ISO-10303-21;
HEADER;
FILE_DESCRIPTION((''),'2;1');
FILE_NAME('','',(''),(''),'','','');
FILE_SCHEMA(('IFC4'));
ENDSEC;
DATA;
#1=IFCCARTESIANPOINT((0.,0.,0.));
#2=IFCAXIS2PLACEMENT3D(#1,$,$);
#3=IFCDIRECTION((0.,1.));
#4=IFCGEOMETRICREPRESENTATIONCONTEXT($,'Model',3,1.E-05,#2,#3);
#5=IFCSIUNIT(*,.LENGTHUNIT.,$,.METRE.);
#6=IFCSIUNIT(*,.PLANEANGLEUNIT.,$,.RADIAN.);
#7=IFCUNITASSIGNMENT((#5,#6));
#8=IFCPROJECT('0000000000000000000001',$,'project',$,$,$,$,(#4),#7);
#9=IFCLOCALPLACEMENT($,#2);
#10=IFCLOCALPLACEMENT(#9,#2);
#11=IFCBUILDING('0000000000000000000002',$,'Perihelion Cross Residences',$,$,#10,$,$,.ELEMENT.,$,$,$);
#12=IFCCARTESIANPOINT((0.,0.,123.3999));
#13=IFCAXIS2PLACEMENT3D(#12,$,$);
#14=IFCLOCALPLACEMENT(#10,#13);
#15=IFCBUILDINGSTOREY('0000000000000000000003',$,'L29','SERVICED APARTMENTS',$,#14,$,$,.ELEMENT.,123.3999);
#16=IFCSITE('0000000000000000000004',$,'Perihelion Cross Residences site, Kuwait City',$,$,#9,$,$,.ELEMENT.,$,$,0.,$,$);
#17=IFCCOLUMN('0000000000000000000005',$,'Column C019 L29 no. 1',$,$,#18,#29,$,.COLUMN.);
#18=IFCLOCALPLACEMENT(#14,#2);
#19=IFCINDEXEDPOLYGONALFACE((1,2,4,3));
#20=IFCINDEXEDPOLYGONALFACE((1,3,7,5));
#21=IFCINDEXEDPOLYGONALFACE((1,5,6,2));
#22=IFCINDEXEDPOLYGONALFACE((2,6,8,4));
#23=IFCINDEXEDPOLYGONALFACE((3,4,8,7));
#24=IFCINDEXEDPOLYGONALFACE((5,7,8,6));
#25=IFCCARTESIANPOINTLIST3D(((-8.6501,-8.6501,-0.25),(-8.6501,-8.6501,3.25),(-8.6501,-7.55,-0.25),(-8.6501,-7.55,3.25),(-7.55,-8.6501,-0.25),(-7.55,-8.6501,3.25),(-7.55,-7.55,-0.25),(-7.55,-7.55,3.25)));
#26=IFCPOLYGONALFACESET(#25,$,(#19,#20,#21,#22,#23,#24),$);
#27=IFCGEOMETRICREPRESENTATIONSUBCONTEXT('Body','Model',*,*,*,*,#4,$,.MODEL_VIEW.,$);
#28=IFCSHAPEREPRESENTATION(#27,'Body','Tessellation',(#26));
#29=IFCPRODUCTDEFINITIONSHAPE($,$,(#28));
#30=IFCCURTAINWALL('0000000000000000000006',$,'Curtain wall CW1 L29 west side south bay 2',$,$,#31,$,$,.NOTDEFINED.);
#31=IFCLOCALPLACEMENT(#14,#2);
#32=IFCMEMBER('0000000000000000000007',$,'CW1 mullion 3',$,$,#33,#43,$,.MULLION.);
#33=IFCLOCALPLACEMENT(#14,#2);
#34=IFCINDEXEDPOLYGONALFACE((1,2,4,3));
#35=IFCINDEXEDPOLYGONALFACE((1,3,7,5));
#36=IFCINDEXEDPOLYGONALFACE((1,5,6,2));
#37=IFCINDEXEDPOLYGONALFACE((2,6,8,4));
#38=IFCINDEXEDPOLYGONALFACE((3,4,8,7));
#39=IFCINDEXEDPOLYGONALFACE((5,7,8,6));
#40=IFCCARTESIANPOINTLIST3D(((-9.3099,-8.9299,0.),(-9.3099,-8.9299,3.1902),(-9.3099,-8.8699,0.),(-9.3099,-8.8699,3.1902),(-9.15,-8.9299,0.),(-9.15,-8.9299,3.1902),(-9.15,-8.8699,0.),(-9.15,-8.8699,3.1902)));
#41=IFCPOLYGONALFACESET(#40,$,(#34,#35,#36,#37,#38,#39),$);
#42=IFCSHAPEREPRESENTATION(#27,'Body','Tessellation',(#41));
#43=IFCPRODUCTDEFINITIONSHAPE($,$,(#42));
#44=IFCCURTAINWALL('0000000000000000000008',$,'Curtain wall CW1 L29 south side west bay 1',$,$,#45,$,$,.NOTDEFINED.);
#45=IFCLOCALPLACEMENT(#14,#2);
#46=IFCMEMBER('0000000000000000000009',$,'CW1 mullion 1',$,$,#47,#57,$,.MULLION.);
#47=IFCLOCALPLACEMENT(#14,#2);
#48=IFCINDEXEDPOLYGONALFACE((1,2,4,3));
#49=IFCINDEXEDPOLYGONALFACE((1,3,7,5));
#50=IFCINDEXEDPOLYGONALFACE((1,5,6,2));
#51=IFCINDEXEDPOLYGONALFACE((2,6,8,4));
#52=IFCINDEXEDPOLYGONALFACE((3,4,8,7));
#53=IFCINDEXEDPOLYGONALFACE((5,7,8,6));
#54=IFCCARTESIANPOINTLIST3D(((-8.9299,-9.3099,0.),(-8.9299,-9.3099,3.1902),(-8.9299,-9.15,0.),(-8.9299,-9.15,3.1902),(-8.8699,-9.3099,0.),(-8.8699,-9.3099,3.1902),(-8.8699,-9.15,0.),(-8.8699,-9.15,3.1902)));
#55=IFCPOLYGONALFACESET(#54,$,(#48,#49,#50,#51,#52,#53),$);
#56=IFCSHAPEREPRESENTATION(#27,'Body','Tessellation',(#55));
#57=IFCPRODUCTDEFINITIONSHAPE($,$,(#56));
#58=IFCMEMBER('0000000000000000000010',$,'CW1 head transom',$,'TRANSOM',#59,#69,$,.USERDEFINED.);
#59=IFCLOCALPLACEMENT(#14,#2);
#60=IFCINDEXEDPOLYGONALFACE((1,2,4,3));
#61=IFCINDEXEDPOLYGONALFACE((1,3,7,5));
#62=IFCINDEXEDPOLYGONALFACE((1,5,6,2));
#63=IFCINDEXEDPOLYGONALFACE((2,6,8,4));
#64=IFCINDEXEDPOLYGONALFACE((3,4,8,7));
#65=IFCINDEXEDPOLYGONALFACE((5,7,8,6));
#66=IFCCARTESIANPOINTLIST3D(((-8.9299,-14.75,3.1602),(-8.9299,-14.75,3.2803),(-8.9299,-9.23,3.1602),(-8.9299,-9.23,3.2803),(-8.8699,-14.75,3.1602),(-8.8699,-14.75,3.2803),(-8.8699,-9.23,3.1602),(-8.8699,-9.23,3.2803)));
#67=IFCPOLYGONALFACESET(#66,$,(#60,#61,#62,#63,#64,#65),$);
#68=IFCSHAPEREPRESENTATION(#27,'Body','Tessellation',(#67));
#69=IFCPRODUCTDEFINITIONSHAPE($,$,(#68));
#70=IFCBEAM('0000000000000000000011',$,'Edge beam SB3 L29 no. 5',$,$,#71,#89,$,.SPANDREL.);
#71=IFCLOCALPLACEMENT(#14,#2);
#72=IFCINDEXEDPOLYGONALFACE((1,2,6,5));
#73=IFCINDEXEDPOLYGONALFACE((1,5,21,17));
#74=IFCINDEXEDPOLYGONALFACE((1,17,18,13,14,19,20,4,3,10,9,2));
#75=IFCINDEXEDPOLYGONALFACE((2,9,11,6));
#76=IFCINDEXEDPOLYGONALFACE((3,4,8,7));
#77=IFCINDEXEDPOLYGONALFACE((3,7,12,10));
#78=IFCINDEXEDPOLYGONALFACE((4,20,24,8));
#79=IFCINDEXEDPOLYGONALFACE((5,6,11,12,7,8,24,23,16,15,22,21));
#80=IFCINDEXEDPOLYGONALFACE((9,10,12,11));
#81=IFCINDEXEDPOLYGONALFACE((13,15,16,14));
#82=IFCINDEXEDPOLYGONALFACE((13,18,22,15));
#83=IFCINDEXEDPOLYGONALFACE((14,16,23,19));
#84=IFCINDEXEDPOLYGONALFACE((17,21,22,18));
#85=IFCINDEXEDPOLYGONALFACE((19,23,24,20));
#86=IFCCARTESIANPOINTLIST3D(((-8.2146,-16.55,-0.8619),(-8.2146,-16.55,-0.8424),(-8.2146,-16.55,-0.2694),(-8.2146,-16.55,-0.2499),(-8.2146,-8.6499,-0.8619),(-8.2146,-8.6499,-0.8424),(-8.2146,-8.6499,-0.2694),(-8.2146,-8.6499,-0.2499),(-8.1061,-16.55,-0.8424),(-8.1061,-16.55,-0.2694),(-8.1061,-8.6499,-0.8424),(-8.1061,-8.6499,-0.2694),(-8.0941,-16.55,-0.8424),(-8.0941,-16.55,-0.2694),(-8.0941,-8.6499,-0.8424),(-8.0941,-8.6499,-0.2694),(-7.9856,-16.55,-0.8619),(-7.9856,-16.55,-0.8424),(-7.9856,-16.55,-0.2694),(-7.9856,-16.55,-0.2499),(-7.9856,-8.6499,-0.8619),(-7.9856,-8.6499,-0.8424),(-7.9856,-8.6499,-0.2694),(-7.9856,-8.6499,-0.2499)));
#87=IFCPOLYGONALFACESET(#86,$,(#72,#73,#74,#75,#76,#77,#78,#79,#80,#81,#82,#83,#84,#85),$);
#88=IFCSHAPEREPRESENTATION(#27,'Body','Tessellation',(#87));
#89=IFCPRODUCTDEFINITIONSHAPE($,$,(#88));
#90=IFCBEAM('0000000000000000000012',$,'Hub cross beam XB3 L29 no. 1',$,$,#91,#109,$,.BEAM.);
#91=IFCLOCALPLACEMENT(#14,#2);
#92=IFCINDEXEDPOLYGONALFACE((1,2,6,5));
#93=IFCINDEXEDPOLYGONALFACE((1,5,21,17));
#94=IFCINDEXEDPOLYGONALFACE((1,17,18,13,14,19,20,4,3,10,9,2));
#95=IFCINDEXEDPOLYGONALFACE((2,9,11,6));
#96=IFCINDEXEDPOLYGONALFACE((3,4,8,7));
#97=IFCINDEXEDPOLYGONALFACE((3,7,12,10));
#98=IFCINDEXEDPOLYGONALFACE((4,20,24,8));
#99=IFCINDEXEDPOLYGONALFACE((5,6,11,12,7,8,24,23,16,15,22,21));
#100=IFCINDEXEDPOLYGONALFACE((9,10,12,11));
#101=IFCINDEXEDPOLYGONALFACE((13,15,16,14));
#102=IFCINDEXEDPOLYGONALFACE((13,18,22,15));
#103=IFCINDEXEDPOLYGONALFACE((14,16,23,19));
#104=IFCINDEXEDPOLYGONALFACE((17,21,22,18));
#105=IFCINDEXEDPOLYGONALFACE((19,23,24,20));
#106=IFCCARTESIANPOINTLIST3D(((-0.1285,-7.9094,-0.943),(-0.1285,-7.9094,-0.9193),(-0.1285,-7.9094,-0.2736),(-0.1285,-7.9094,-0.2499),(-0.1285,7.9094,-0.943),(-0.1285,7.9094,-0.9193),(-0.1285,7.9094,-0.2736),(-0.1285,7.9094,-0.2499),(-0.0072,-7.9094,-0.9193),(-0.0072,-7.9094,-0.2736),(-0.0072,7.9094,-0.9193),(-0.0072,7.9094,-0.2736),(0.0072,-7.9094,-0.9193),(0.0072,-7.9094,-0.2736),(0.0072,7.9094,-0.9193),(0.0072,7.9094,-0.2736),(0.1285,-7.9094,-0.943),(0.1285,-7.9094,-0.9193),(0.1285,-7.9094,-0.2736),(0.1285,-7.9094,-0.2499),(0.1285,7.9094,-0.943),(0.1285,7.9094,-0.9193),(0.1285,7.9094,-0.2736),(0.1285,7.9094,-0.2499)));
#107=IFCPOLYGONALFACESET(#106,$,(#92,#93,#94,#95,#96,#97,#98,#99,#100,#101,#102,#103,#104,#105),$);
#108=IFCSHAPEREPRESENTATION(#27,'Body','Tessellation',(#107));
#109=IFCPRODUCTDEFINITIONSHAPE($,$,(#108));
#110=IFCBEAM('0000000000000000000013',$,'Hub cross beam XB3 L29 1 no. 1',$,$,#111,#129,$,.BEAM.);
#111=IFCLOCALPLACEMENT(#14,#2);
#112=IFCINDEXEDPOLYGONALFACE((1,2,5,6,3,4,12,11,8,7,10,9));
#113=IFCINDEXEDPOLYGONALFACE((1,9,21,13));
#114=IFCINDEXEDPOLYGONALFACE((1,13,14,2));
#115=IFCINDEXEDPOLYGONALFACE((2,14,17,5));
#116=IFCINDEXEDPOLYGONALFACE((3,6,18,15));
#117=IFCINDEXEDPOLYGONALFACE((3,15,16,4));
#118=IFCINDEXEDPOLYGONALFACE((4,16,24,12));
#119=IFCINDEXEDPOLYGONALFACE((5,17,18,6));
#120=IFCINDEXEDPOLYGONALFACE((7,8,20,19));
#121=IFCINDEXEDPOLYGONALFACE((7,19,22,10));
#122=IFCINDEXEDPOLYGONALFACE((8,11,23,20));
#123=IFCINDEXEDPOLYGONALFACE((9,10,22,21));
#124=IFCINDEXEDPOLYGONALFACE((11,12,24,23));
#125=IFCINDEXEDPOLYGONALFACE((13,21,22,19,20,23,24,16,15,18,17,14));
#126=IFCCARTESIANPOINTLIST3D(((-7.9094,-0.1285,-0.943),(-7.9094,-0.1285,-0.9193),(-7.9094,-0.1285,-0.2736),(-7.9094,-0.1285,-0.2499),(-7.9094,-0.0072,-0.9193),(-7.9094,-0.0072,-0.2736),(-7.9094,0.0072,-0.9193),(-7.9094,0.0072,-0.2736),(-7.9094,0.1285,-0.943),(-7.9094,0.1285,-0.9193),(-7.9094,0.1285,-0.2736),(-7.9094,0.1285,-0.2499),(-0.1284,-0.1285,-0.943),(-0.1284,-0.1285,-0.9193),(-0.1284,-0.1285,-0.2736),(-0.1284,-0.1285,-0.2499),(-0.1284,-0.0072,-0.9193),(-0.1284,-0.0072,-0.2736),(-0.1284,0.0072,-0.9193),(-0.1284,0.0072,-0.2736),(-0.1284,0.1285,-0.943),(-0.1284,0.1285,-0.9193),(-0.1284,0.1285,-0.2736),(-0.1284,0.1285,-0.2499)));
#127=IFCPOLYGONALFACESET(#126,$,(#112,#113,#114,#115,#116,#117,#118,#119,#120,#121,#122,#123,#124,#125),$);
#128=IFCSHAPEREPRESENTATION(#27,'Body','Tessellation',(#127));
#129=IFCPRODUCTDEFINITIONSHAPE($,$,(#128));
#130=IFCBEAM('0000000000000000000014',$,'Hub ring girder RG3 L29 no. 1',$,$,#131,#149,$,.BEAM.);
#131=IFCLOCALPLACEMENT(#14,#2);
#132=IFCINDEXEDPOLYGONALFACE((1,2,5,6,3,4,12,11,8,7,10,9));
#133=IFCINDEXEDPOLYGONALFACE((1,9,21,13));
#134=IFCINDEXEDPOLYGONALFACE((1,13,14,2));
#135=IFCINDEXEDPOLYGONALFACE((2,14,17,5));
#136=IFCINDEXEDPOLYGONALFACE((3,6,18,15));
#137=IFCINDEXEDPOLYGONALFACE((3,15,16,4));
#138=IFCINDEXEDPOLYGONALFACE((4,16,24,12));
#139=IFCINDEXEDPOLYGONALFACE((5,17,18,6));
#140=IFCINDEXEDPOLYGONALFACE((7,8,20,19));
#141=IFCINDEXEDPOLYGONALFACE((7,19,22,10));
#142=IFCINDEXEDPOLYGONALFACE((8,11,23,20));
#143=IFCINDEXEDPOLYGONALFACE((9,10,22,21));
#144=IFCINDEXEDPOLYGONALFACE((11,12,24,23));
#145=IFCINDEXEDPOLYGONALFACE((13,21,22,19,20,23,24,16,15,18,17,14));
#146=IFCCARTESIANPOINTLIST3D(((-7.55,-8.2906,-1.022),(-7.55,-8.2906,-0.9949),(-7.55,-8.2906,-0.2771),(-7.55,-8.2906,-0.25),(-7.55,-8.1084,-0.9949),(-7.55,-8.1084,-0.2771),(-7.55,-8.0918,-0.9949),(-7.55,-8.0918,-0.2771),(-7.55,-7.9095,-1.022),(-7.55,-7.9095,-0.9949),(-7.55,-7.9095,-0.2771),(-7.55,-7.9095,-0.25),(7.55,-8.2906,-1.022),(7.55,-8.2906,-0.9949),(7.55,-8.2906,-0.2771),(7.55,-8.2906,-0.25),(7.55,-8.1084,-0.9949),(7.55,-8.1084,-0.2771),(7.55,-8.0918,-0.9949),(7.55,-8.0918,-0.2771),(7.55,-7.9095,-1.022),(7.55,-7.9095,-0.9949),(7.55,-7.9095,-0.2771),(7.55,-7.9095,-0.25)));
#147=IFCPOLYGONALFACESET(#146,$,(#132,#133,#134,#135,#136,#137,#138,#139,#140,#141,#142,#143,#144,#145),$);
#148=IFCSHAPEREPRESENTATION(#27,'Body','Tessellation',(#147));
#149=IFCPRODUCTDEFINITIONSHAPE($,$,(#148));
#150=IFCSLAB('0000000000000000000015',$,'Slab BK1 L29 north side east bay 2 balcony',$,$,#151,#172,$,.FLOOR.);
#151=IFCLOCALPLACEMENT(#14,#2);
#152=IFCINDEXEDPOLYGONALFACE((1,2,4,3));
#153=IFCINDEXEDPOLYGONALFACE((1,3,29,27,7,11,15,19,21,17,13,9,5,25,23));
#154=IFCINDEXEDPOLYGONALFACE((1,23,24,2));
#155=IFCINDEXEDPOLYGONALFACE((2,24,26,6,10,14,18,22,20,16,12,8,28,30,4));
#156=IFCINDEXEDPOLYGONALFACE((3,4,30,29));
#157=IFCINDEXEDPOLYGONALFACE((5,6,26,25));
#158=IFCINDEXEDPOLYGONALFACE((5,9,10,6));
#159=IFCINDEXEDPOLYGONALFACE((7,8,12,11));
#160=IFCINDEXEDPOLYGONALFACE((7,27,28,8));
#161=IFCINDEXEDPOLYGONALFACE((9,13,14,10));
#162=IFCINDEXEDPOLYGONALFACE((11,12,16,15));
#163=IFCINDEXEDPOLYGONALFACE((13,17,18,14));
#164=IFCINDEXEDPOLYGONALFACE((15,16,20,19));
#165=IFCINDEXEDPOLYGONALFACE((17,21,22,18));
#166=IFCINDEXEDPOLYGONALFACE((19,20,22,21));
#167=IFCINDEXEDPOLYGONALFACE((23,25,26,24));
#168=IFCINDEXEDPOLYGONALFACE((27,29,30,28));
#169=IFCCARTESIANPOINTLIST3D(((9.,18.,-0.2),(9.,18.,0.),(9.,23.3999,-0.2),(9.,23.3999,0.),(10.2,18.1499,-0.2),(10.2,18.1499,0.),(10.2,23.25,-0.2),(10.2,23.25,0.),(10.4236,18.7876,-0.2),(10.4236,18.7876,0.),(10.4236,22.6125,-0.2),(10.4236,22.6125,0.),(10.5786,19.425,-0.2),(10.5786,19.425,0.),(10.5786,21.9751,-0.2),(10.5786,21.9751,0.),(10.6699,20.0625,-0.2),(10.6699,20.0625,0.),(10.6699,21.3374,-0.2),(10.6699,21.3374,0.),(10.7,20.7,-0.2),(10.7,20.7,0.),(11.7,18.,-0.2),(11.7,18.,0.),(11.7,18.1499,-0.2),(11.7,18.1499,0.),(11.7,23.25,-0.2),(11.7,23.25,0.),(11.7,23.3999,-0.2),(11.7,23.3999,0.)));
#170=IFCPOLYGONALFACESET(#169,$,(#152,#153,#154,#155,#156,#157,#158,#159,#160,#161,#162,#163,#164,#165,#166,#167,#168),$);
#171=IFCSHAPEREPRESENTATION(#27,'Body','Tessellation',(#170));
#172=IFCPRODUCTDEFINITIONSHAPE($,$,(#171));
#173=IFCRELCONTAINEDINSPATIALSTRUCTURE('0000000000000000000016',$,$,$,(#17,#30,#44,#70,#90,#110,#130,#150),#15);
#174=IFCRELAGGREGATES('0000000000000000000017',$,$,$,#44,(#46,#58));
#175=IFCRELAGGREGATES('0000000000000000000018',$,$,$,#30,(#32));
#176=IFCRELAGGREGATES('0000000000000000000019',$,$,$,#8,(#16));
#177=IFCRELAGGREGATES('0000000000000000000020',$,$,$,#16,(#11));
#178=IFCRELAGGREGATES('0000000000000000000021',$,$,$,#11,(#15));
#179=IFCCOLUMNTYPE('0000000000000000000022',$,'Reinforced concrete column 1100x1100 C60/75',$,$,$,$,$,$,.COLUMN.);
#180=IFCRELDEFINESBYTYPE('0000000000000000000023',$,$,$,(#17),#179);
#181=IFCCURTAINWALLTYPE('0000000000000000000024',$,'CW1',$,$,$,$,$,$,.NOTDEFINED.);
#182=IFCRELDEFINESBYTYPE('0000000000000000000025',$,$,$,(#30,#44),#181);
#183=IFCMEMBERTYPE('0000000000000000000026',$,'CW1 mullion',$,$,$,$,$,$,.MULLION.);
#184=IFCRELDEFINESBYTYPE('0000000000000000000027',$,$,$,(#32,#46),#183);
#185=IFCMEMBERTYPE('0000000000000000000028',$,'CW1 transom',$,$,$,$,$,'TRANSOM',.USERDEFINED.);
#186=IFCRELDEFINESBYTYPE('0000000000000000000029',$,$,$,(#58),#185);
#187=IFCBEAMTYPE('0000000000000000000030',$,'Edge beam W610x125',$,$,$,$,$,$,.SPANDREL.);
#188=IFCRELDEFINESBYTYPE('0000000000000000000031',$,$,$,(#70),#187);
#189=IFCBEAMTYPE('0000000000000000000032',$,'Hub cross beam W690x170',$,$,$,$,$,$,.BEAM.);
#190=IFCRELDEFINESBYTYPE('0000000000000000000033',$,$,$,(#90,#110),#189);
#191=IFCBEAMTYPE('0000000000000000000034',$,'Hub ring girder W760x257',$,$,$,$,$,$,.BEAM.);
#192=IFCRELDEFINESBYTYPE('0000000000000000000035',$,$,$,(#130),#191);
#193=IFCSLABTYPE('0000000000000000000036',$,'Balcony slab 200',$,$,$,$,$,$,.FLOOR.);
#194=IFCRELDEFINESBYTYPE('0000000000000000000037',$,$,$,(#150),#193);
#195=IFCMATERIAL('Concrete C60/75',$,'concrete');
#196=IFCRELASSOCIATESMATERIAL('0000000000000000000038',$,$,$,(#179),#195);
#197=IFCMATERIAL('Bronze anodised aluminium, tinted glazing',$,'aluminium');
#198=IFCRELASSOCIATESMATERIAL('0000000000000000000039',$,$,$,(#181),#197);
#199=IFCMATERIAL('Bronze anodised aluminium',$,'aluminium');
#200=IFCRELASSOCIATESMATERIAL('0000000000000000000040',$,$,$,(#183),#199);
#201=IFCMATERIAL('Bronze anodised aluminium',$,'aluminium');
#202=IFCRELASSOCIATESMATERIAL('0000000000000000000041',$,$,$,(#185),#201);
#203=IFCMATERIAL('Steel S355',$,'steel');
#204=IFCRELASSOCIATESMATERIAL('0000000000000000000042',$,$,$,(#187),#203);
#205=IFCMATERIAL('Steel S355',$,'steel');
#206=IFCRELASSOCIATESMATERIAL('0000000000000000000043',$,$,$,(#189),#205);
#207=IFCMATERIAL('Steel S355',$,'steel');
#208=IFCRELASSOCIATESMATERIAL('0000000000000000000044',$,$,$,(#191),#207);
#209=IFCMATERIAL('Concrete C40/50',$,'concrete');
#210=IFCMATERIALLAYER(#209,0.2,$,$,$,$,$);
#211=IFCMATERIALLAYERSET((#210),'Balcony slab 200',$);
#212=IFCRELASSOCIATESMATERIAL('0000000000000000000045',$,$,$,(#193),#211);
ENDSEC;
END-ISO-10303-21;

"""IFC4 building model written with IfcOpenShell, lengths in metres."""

from ifc_helpers import new_model, si_unit, direction, frame, origin, origin_2d, place, context, subcontext, project, spatial, polyline, rectangle, i_section, outline, extrude, material, layer, layer_set, material_profile, profile_set, type_object, element, aggregate, save


model = new_model("IFC4")

# Units and contexts
model_context = context("Model", 3, precision=1e-05, world=origin(), true_north=direction((0.0, 1.0)))
body_context = subcontext(model_context, "Body", "Model", "MODEL_VIEW")
ifc_project = project(units=[si_unit("LENGTHUNIT", "METRE"), si_unit("PLANEANGLEUNIT", "RADIAN")], contexts=[model_context])

# Site, building, storey
site_placement = place(None, origin())
site = spatial("IfcSite", under=ifc_project, at=site_placement, Name="Perihelion Cross Residences site, Kuwait City", CompositionType="ELEMENT", RefElevation=0.0)
building_placement = place(site_placement, origin())
building = spatial("IfcBuilding", under=site, at=building_placement, Name="Perihelion Cross Residences", CompositionType="ELEMENT")
storey_placement = place(building_placement, frame((0.0, 0.0, 123.3999)))
storey = spatial("IfcBuildingStorey", under=building, at=storey_placement, Name="L29", Description="SERVICED APARTMENTS", CompositionType="ELEMENT", Elevation=123.3999)

# Column
ifc_material_1 = material(Name="Concrete C60/75", Category="concrete")
ifc_material_profile_1 = material_profile(ifc_material_1, rectangle(XDim=1.1001, YDim=1.1001, at=origin_2d()), Name="RC 1100x1100")
ifc_profile_set_1 = profile_set([ifc_material_profile_1], Name="Concrete C60/75")
column_type = type_object("IfcColumnType", Name="Reinforced concrete column 1100x1100 C60/75", PredefinedType="COLUMN", material=ifc_profile_set_1)
column_placement = place(storey_placement, frame((-8.1001, -8.1001, -0.25), z_axis=(0.0, 0.0, 1.0), x_axis=(1.0, 0.0, 0.0)))
element("IfcColumn", 1, at=column_placement, inside=storey, type_object=column_type, Name="Column C019 L29 no. 1", PredefinedType="COLUMN", context=body_context, shape_type="SweptSolid", body=[
    extrude(rectangle(XDim=1.1001, YDim=1.1001, at=origin_2d()), origin(), (0.0, 0.0, 1.0), 3.5),
])

# Curtain wall, member
ifc_material_2 = material(Name="Bronze anodised aluminium, tinted glazing", Category="aluminium")
curtain_wall_type = type_object("IfcCurtainWallType", Name="CW1", PredefinedType="NOTDEFINED", material=ifc_material_2)
curtain_wall_1_placement = place(storey_placement, origin())
curtain_wall_1 = element("IfcCurtainWall", 2, at=curtain_wall_1_placement, inside=storey, type_object=curtain_wall_type, Name="Curtain wall CW1 L29 west side south bay 2", PredefinedType="NOTDEFINED")
ifc_material_3 = material(Name="Bronze anodised aluminium", Category="aluminium")
ifc_material_profile_2 = material_profile(ifc_material_3, rectangle(XDim=0.0601, YDim=0.1599, at=origin_2d()), Name="CW1 mullion")
ifc_profile_set_2 = profile_set([ifc_material_profile_2], Name="Bronze anodised aluminium")
member_type_1 = type_object("IfcMemberType", Name="CW1 mullion", PredefinedType="MULLION", material=ifc_profile_set_2)
member_1_placement = place(storey_placement, frame((-9.23, -8.8999, 0.0), z_axis=(0.0, 0.0, 1.0), x_axis=(0.0, 1.0, 0.0)))
member_1 = element("IfcMember", 3, at=member_1_placement, type_object=member_type_1, Name="CW1 mullion 3", PredefinedType="MULLION", context=body_context, shape_type="SweptSolid", body=[
    extrude(rectangle(XDim=0.0601, YDim=0.1599, at=origin_2d()), origin(), (0.0, 0.0, 1.0), 3.1902),
])

# Curtain wall, members
curtain_wall_2_placement = place(storey_placement, origin())
curtain_wall_2 = element("IfcCurtainWall", 4, at=curtain_wall_2_placement, inside=storey, type_object=curtain_wall_type, Name="Curtain wall CW1 L29 south side west bay 1", PredefinedType="NOTDEFINED")
member_2_placement = place(storey_placement, frame((-8.8999, -9.23, 0.0), z_axis=(0.0, 0.0, 1.0), x_axis=(1.0, 0.0, 0.0)))
member_2 = element("IfcMember", 5, at=member_2_placement, type_object=member_type_1, Name="CW1 mullion 1", PredefinedType="MULLION", context=body_context, shape_type="SweptSolid", body=[
    extrude(rectangle(XDim=0.0601, YDim=0.1599, at=origin_2d()), origin(), (0.0, 0.0, 1.0), 3.1902),
])
ifc_material_4 = material(Name="Bronze anodised aluminium", Category="aluminium")
ifc_material_profile_3 = material_profile(ifc_material_4, rectangle(XDim=0.0601, YDim=0.1201, at=origin_2d()), Name="CW1 transom")
ifc_profile_set_3 = profile_set([ifc_material_profile_3], Name="Bronze anodised aluminium")
member_type_2 = type_object("IfcMemberType", Name="CW1 transom", ElementType="TRANSOM", PredefinedType="USERDEFINED", material=ifc_profile_set_3)
member_3_placement = place(storey_placement, frame((-8.8999, -9.23, 3.2202), z_axis=(0.0, -1.0, 0.0), x_axis=(1.0, 0.0, 0.0)))
member_3 = element("IfcMember", 6, at=member_3_placement, type_object=member_type_2, Name="CW1 head transom", ObjectType="TRANSOM", PredefinedType="USERDEFINED", context=body_context, shape_type="SweptSolid", body=[
    extrude(rectangle(XDim=0.0601, YDim=0.1201, at=origin_2d()), origin(), (0.0, 0.0, 1.0), 5.52),
])
aggregate(curtain_wall_2, [member_2, member_3])

# Beams
ifc_material_5 = material(Name="Steel S355", Category="steel")
ifc_material_profile_4 = material_profile(ifc_material_5, i_section(OverallWidth=0.229, OverallDepth=0.6121, WebThickness=0.012, FlangeThickness=0.0195, at=origin_2d()), Name="W610x125")
ifc_profile_set_4 = profile_set([ifc_material_profile_4], Name="Steel S355")
beam_type_1 = type_object("IfcBeamType", Name="Edge beam W610x125", PredefinedType="SPANDREL", material=ifc_profile_set_4)
beam_1_placement = place(storey_placement, frame((-8.1001, -8.6499, -0.5559), z_axis=(0.0, -1.0, 0.0), x_axis=(1.0, 0.0, 0.0)))
element("IfcBeam", 7, at=beam_1_placement, inside=storey, type_object=beam_type_1, Name="Edge beam SB3 L29 no. 5", PredefinedType="SPANDREL", context=body_context, shape_type="SweptSolid", body=[
    extrude(i_section(OverallWidth=0.229, OverallDepth=0.6121, WebThickness=0.012, FlangeThickness=0.0195, at=origin_2d()), origin(), (0.0, 0.0, 1.0), 7.9001),
])
ifc_material_6 = material(Name="Steel S355", Category="steel")
ifc_material_profile_5 = material_profile(ifc_material_6, i_section(OverallWidth=0.2571, OverallDepth=0.6931, WebThickness=0.0144, FlangeThickness=0.0237, at=origin_2d()), Name="W690x170")
ifc_profile_set_5 = profile_set([ifc_material_profile_5], Name="Steel S355")
beam_type_2 = type_object("IfcBeamType", Name="Hub cross beam W690x170", PredefinedType="BEAM", material=ifc_profile_set_5)
beam_2_placement = place(storey_placement, frame((0.0, -7.9094, -0.5964), z_axis=(0.0, 1.0, 0.0), x_axis=(-1.0, 0.0, 0.0)))
element("IfcBeam", 8, at=beam_2_placement, inside=storey, type_object=beam_type_2, Name="Hub cross beam XB3 L29 no. 1", PredefinedType="BEAM", context=body_context, shape_type="SweptSolid", body=[
    extrude(i_section(OverallWidth=0.2571, OverallDepth=0.6931, WebThickness=0.0144, FlangeThickness=0.0237, at=origin_2d()), origin(), (0.0, 0.0, 1.0), 15.8188),
])
beam_3_placement = place(storey_placement, frame((-7.9094, 0.0, -0.5964), z_axis=(1.0, 0.0, 0.0), x_axis=(0.0, 1.0, 0.0)))
element("IfcBeam", 9, at=beam_3_placement, inside=storey, type_object=beam_type_2, Name="Hub cross beam XB3 L29 1 no. 1", PredefinedType="BEAM", context=body_context, shape_type="SweptSolid", body=[
    extrude(i_section(OverallWidth=0.2571, OverallDepth=0.6931, WebThickness=0.0144, FlangeThickness=0.0237, at=origin_2d()), origin(), (0.0, 0.0, 1.0), 7.781),
])
ifc_material_7 = material(Name="Steel S355", Category="steel")
ifc_material_profile_6 = material_profile(ifc_material_7, i_section(OverallWidth=0.3811, OverallDepth=0.772, WebThickness=0.0166, FlangeThickness=0.0271, at=origin_2d()), Name="W760x257")
ifc_profile_set_6 = profile_set([ifc_material_profile_6], Name="Steel S355")
beam_type_3 = type_object("IfcBeamType", Name="Hub ring girder W760x257", PredefinedType="BEAM", material=ifc_profile_set_6)
beam_4_placement = place(storey_placement, frame((-7.55, -8.1001, -0.636), z_axis=(1.0, 0.0, 0.0), x_axis=(0.0, 1.0, 0.0)))
element("IfcBeam", 10, at=beam_4_placement, inside=storey, type_object=beam_type_3, Name="Hub ring girder RG3 L29 no. 1", PredefinedType="BEAM", context=body_context, shape_type="SweptSolid", body=[
    extrude(i_section(OverallWidth=0.3811, OverallDepth=0.772, WebThickness=0.0166, FlangeThickness=0.0271, at=origin_2d()), origin(), (0.0, 0.0, 1.0), 15.1001),
])

# Slab
ifc_material_8 = material(Name="Concrete C40/50", Category="concrete")
ifc_layer_1 = layer(ifc_material_8, 0.2)
ifc_layer_set_1 = layer_set([ifc_layer_1], Name="Balcony slab 200")
slab_type_1 = type_object("IfcSlabType", Name="Balcony slab 200", PredefinedType="FLOOR", material=ifc_layer_set_1)
slab_1_placement = place(storey_placement, frame((0.0, 0.0, -0.2)))
element("IfcSlab", 11, at=slab_1_placement, inside=storey, type_object=slab_type_1, Name="Slab BK1 L29 north side east bay 2 balcony", PredefinedType="FLOOR", context=body_context, shape_type="SweptSolid", body=[
    extrude(outline(polyline([(9.0, 18.0), (9.0, 23.3999), (11.7, 23.3999), (11.7, 23.25), (10.2, 23.25), (10.4236, 22.6125), (10.5786, 21.9751), (10.6699, 21.3374), (10.7, 20.7), (10.6699, 20.0625), (10.5786, 19.425), (10.4236, 18.7876), (10.2, 18.1499), (11.7, 18.1499), (11.7, 18.0), (9.0, 18.0)])), origin(), (0.0, 0.0, 1.0), 0.2),
])

aggregate(curtain_wall_1, [member_1])

save(model, "model.ifc")
